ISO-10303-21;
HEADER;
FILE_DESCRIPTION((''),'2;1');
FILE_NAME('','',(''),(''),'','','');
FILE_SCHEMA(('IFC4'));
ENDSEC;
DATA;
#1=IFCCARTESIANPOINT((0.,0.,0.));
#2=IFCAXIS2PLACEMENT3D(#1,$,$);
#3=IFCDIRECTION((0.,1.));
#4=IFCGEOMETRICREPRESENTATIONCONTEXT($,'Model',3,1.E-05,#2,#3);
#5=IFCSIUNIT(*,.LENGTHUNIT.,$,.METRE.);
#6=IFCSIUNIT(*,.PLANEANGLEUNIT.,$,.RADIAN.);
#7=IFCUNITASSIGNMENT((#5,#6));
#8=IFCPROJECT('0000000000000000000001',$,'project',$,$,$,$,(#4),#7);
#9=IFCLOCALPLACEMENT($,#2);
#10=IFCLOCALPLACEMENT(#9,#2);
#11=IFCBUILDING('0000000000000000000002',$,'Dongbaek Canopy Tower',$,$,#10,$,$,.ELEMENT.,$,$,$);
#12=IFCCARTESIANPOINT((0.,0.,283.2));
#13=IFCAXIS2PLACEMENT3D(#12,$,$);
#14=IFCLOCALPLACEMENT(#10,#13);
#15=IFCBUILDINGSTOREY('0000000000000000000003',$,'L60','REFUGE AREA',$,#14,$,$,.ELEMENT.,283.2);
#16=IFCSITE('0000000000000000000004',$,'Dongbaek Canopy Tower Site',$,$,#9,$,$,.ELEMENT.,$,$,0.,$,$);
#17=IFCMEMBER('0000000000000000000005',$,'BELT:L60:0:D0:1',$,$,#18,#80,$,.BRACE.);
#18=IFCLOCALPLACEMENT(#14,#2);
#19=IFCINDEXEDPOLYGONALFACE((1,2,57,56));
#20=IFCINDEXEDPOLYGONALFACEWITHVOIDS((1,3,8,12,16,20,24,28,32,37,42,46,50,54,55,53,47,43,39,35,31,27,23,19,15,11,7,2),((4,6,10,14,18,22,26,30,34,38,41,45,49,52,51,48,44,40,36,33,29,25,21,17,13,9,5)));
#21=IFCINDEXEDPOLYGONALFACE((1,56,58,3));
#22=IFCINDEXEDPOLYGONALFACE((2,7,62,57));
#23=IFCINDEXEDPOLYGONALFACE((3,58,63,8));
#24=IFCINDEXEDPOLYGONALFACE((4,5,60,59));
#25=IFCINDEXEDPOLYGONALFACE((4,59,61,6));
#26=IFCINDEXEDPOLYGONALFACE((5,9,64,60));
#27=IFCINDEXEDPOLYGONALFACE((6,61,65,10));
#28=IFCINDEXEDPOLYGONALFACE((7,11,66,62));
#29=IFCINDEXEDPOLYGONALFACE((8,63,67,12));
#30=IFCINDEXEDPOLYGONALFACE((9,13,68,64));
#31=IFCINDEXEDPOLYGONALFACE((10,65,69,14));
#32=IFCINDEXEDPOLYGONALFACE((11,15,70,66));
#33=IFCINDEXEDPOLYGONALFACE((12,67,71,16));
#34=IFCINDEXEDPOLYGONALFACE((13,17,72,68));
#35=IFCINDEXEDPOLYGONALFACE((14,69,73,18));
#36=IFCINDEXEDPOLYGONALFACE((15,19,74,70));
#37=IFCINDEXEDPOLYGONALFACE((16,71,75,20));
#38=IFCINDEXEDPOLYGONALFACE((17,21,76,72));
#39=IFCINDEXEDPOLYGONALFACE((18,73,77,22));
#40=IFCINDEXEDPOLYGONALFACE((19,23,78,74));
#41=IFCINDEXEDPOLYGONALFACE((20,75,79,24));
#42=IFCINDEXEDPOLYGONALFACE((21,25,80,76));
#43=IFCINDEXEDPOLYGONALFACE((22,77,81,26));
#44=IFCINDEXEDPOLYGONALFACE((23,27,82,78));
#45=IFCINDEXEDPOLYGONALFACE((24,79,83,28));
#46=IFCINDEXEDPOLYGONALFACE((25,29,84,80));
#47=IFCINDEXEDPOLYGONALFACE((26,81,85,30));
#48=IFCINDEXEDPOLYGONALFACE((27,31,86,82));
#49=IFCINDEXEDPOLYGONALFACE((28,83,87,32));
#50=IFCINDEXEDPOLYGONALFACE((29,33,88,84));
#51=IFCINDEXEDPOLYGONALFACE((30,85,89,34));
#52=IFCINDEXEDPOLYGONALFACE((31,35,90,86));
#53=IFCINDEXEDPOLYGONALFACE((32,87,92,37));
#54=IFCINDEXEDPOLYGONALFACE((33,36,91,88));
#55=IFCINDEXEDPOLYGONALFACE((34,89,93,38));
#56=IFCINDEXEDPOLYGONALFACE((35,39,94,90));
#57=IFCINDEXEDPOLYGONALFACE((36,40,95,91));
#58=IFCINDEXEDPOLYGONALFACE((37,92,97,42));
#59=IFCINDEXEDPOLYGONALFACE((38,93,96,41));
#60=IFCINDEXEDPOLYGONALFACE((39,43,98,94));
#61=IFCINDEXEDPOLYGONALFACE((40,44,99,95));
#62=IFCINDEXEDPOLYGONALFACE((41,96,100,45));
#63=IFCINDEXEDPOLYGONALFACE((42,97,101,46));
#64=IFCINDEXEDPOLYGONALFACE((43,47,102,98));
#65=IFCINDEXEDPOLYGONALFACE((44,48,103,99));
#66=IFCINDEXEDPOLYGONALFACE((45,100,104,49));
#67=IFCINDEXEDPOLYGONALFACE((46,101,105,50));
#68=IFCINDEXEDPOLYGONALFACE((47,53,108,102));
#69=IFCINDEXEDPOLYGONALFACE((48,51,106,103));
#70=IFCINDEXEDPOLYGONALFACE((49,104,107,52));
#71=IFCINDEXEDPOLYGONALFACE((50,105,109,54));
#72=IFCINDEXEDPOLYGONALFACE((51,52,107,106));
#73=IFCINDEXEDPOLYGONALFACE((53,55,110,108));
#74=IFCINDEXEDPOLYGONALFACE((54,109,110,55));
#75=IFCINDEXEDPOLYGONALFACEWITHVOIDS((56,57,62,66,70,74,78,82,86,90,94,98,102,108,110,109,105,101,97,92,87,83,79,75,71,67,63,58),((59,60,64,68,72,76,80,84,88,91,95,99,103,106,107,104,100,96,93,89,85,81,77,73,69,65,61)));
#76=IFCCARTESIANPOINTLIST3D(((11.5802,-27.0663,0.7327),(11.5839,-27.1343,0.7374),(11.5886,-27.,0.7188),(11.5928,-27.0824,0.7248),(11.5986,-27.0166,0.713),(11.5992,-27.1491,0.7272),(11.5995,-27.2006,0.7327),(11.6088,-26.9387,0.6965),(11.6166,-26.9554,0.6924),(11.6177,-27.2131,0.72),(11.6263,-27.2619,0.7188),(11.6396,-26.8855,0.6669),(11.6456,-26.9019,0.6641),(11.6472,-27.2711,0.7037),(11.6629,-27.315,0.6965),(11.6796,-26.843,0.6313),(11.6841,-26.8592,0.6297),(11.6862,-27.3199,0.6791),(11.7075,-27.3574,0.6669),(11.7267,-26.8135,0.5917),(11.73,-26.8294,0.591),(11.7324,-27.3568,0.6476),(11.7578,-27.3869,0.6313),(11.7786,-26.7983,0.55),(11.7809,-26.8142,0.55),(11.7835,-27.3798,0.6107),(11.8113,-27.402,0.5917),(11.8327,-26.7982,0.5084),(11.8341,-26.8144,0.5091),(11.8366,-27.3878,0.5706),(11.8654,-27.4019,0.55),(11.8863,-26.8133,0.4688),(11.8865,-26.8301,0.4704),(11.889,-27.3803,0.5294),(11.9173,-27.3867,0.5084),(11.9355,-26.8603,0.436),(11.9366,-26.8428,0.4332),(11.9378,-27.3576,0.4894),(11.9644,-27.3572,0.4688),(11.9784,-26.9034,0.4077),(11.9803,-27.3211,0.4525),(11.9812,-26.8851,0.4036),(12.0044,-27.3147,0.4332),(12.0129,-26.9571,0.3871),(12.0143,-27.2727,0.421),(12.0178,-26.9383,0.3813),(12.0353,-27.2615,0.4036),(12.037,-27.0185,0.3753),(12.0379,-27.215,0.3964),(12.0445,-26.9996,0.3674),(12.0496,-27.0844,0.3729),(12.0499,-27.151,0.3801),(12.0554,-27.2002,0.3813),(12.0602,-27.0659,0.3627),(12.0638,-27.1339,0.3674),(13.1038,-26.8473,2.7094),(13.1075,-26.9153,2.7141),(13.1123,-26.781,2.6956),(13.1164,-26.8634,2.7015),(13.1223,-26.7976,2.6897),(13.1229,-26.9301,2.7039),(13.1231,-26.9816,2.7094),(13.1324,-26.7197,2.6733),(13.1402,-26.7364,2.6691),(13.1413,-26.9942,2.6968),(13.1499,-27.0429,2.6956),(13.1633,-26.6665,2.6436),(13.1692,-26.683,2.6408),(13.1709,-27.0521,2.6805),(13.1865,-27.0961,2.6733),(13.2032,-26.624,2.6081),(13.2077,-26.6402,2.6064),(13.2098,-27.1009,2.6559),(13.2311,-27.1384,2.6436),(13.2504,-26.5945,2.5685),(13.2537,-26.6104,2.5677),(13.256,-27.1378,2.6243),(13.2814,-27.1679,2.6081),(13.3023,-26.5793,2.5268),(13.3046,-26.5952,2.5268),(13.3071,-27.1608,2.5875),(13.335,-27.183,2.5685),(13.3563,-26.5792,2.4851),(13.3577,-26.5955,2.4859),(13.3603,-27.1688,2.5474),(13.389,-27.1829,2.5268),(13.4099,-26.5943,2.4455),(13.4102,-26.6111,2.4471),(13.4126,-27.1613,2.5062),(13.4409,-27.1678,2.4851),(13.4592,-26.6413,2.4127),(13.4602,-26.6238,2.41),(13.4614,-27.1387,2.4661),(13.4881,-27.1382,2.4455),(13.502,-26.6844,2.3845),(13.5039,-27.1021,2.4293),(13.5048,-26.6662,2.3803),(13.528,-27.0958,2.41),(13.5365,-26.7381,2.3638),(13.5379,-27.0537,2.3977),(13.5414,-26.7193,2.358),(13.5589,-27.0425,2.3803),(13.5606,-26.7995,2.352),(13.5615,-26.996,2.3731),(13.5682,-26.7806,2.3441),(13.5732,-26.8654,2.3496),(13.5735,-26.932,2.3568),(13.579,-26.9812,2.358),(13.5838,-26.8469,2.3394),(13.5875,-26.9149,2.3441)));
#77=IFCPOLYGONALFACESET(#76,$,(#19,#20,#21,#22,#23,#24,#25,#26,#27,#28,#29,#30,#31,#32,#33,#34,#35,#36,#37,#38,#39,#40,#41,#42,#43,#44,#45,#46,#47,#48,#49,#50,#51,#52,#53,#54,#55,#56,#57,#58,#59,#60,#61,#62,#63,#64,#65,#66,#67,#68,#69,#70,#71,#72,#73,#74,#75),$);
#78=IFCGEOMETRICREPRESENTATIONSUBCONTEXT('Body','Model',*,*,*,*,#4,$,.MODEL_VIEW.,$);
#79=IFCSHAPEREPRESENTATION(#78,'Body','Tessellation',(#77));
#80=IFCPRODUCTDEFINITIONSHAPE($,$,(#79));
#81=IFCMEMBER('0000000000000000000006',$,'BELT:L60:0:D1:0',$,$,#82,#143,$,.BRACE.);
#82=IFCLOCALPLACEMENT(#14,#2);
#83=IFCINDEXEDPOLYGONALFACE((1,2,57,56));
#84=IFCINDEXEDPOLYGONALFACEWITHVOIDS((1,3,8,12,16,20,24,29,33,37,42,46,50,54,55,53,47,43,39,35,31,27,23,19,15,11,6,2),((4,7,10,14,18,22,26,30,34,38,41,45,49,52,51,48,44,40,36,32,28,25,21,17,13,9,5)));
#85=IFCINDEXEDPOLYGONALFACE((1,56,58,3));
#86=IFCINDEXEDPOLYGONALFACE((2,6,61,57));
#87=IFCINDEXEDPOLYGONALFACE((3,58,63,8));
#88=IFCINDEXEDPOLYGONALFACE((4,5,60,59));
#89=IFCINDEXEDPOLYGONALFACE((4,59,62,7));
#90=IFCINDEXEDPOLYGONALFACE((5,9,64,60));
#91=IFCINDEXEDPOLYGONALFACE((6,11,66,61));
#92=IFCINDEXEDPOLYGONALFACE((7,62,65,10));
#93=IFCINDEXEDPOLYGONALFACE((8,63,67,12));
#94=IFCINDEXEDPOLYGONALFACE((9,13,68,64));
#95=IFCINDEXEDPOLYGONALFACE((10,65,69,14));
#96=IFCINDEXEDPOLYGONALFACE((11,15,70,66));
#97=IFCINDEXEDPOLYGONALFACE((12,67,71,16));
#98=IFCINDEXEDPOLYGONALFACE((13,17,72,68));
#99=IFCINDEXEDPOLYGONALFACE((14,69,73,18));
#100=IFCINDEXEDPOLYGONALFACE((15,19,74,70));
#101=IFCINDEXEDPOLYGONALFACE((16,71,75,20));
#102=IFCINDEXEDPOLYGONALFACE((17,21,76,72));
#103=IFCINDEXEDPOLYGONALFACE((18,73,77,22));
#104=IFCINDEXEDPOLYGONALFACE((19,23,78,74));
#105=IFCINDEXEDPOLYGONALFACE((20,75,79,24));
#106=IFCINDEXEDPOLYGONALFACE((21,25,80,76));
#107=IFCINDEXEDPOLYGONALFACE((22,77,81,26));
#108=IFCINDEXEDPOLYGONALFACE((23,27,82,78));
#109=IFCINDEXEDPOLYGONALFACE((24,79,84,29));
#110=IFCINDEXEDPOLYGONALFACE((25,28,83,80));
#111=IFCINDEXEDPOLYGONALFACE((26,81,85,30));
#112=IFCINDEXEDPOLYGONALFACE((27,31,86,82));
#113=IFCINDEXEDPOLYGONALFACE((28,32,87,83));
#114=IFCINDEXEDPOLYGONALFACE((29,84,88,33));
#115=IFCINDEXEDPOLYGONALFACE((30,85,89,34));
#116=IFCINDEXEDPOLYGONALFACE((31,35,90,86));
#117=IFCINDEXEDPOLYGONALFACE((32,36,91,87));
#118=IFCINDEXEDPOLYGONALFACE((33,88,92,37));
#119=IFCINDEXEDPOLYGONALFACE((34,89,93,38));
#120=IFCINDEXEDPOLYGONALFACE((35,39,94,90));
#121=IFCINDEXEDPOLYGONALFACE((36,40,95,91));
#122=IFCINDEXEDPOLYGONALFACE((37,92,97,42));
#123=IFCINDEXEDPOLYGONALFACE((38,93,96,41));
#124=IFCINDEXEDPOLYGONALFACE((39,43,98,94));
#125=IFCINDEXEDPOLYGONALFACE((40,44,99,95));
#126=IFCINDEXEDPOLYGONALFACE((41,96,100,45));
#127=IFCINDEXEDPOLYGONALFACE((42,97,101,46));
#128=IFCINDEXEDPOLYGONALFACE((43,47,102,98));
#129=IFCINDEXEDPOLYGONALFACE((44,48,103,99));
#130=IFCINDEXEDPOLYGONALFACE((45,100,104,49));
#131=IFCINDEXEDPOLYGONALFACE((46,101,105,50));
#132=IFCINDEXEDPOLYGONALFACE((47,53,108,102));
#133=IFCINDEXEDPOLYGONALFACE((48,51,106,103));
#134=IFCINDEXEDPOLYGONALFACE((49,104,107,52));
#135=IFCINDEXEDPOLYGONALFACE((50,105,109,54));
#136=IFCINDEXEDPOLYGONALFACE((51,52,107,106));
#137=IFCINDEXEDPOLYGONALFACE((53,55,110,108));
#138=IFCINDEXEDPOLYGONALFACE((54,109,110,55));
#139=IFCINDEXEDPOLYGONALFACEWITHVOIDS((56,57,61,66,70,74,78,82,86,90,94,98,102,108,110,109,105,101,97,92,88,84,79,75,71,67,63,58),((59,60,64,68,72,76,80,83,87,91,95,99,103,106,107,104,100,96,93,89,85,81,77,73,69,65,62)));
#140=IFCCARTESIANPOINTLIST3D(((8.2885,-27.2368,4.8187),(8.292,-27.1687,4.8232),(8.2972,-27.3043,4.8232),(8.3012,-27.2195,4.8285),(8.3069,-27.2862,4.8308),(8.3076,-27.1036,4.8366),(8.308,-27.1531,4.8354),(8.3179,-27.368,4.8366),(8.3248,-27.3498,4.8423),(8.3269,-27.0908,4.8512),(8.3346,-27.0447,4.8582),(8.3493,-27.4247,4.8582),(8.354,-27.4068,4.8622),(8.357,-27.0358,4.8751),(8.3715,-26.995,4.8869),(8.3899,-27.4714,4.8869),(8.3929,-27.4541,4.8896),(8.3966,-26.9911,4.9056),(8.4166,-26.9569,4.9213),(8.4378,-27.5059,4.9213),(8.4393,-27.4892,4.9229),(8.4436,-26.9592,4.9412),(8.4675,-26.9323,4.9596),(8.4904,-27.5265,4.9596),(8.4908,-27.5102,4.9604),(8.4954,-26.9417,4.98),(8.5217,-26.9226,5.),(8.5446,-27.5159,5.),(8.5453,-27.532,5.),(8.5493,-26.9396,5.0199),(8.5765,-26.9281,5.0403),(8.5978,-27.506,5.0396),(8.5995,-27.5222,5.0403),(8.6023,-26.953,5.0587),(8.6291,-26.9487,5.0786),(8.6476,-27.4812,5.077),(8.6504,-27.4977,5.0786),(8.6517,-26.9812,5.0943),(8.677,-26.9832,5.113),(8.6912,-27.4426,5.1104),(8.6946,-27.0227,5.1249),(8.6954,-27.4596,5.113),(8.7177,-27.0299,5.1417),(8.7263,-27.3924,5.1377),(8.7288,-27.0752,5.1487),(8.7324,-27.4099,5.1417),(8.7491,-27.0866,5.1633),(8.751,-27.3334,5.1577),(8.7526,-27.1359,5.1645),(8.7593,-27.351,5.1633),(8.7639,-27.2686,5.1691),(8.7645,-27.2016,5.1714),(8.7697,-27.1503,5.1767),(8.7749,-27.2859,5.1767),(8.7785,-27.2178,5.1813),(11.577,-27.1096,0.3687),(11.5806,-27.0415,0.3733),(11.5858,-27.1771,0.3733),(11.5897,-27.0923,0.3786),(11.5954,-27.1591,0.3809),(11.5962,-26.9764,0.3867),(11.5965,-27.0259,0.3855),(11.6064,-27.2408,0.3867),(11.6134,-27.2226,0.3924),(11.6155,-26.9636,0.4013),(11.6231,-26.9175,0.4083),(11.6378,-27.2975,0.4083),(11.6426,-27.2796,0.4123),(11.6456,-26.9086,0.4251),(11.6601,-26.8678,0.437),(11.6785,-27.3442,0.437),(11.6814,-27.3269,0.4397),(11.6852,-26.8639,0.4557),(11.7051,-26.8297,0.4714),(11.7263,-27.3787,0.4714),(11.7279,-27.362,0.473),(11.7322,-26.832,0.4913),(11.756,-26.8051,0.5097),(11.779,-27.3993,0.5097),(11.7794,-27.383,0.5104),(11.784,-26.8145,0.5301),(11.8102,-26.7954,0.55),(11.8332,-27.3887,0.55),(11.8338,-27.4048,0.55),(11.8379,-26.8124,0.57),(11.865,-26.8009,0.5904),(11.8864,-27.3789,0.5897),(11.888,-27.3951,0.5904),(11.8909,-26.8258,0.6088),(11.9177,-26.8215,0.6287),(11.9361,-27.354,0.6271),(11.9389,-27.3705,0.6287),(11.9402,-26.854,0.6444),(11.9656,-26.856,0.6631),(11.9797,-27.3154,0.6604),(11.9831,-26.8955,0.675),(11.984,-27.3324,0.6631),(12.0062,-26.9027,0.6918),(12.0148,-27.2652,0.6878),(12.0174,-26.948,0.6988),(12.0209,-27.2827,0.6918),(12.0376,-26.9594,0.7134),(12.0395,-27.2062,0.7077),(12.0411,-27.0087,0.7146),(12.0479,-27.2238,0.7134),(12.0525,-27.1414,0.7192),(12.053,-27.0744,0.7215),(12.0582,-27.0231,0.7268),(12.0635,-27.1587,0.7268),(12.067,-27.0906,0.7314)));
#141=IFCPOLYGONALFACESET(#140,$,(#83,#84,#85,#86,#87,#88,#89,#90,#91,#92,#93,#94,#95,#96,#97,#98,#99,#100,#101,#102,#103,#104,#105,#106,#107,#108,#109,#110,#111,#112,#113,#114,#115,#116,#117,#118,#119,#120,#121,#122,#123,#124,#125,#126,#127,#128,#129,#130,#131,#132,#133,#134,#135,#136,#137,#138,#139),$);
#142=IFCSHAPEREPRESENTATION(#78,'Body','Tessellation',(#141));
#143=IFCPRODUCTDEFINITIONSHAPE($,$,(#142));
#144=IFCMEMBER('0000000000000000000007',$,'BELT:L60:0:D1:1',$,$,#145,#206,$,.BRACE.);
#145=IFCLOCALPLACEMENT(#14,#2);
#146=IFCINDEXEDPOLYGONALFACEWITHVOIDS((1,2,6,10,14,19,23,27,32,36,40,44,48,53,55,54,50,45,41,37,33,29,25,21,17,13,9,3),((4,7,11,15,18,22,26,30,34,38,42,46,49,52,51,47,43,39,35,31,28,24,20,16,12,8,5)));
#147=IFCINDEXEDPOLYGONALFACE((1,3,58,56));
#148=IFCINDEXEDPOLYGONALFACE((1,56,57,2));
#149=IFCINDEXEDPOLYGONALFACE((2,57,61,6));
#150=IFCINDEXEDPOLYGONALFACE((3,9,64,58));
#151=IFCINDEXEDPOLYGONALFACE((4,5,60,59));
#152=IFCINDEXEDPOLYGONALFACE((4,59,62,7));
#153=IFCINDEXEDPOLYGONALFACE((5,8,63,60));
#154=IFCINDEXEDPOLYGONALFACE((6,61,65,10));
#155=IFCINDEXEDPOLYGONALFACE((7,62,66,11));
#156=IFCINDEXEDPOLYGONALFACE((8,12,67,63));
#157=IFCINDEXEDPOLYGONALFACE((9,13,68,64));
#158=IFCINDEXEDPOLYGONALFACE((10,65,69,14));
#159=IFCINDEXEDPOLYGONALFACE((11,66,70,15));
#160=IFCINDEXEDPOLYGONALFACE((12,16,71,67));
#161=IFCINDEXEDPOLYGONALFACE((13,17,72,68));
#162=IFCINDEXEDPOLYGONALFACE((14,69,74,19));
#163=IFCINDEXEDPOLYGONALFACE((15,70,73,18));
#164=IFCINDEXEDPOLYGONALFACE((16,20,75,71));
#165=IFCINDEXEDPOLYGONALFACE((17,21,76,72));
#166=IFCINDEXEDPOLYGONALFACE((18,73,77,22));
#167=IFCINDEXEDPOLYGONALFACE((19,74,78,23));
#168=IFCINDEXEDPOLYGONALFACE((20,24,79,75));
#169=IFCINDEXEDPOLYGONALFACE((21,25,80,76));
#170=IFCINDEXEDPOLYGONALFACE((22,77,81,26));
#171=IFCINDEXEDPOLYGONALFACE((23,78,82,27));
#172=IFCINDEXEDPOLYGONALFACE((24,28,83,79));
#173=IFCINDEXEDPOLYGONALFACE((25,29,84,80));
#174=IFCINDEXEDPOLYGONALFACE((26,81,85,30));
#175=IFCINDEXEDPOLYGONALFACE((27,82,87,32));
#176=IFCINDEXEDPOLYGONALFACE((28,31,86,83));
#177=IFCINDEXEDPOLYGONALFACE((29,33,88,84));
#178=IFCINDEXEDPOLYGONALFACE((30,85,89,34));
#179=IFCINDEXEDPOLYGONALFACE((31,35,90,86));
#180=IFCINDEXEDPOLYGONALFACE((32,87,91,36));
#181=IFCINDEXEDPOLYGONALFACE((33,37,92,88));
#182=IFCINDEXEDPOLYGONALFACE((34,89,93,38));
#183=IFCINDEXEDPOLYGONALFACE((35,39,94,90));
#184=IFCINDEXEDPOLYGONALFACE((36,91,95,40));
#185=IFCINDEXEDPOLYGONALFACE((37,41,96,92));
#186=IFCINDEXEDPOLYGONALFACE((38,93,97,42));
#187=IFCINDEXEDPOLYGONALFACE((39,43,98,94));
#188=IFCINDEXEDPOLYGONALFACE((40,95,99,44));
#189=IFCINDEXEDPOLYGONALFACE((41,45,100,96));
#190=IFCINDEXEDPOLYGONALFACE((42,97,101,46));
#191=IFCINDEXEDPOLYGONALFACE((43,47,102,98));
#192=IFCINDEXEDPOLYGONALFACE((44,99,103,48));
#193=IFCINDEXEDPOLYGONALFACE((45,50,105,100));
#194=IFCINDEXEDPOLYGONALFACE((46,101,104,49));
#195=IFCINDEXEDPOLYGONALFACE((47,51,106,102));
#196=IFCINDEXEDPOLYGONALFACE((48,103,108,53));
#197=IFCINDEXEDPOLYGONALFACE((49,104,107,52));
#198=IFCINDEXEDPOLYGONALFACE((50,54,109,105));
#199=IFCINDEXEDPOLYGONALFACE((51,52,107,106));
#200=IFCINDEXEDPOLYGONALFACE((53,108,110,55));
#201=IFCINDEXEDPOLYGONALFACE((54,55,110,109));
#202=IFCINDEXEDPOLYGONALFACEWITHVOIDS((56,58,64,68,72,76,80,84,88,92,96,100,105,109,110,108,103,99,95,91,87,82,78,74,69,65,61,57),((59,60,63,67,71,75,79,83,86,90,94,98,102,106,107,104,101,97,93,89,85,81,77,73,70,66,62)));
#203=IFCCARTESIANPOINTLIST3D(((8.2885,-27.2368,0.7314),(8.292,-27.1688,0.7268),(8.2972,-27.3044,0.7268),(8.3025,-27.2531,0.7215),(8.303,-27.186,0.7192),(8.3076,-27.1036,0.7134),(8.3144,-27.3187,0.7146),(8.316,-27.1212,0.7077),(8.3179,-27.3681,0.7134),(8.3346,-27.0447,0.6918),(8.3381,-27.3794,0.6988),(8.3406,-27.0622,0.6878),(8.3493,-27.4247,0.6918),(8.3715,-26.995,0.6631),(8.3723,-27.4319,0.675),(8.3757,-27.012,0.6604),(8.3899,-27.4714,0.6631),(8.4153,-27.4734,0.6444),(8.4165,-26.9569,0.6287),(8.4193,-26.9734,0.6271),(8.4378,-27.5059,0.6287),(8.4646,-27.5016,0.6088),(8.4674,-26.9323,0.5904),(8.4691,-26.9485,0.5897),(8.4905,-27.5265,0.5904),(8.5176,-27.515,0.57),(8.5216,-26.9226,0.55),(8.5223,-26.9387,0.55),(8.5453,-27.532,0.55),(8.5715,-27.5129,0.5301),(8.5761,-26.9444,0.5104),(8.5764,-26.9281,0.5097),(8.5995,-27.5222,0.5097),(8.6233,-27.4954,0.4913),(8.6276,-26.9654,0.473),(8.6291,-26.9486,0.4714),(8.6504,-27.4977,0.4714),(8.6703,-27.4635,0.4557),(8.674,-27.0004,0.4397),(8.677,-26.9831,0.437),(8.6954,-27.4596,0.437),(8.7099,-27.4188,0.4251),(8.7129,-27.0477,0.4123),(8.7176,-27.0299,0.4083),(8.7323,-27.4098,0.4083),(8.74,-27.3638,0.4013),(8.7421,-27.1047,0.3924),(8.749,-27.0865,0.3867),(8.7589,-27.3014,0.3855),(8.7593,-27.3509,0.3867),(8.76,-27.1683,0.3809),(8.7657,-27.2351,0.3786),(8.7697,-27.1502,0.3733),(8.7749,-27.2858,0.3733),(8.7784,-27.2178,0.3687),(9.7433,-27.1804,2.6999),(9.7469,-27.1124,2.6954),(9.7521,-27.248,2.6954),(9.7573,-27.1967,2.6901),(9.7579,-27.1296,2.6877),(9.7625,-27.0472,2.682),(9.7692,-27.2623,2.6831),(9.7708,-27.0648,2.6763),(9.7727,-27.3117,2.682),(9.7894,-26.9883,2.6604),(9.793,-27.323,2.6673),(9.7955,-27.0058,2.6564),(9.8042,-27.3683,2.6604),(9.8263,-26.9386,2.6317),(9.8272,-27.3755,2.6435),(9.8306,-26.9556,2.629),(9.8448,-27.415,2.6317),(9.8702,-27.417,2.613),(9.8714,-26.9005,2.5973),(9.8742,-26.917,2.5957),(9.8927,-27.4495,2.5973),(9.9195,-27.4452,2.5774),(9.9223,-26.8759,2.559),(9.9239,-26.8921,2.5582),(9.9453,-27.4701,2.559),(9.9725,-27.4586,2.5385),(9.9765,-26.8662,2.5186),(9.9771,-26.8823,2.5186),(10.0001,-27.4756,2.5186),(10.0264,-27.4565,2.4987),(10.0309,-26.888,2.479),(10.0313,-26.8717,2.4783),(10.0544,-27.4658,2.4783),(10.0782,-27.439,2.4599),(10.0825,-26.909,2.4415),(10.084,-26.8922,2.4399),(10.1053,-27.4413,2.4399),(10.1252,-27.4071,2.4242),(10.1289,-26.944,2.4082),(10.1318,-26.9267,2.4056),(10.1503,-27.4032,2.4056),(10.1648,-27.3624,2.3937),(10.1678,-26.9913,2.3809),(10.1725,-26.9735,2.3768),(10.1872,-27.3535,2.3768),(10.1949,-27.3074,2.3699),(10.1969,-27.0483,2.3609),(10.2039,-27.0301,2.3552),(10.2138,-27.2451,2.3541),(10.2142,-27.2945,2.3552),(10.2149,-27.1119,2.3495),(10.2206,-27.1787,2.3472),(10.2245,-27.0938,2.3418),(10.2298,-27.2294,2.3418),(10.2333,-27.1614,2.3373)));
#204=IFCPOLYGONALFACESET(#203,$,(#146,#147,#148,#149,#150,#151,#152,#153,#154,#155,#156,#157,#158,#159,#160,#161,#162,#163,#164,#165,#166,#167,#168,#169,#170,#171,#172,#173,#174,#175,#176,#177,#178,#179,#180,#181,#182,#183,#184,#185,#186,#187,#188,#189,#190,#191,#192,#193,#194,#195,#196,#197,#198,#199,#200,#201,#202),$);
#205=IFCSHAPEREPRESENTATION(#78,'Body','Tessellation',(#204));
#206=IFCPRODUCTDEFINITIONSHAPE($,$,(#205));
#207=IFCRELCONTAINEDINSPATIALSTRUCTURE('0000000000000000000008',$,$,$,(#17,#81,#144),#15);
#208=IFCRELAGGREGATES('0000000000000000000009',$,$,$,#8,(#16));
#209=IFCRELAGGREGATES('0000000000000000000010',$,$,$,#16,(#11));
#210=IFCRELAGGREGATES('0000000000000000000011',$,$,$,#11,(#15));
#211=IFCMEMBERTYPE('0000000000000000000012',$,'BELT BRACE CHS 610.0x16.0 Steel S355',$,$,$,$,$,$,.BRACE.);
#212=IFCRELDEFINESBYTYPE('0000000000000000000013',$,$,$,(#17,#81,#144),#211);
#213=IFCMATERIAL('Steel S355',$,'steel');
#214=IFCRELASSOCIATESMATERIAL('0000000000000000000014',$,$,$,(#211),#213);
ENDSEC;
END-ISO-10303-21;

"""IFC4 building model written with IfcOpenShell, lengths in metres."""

from ifc_helpers import new_model, si_unit, direction, frame, origin, origin_2d, place, context, subcontext, project, spatial, hollow_circle, extrude, material, material_profile, profile_set, type_object, element, save


model = new_model("IFC4")

# Units and contexts
model_context = context("Model", 3, precision=1e-05, world=origin(), true_north=direction((0.0, 1.0)))
body_context = subcontext(model_context, "Body", "Model", "MODEL_VIEW")
ifc_project = project(units=[si_unit("LENGTHUNIT", "METRE"), si_unit("PLANEANGLEUNIT", "RADIAN")], contexts=[model_context])

# Site, building, storey
site_placement = place(None, origin())
site = spatial("IfcSite", under=ifc_project, at=site_placement, Name="Dongbaek Canopy Tower Site", CompositionType="ELEMENT", RefElevation=0.0)
building_placement = place(site_placement, origin())
building = spatial("IfcBuilding", under=site, at=building_placement, Name="Dongbaek Canopy Tower", CompositionType="ELEMENT")
storey_placement = place(building_placement, frame((0.0, 0.0, 283.2)))
storey = spatial("IfcBuildingStorey", under=building, at=storey_placement, Name="L60", Description="REFUGE AREA", CompositionType="ELEMENT", Elevation=283.2)

# Members
ifc_material_1 = material(Name="Steel S355", Category="steel")
ifc_material_profile_1 = material_profile(ifc_material_1, hollow_circle(Radius=0.3049, WallThickness=0.0161, at=origin_2d()), Name="BELT BRACE CHS 610.0x16.0 Steel S355")
ifc_profile_set_1 = profile_set([ifc_material_profile_1], Name="Steel S355")
member_type_1 = type_object("IfcMemberType", Name="BELT BRACE CHS 610.0x16.0 Steel S355", PredefinedType="BRACE", material=ifc_profile_set_1)
member_1_placement = place(storey_placement, frame((11.822, -27.1001, 0.55), z_axis=(0.608145, 0.087407, 0.789), x_axis=(-0.142265, 0.989829, 0.0)))
element("IfcMember", 1, at=member_1_placement, inside=storey, type_object=member_type_1, Name="BELT:L60:0:D0:1", PredefinedType="BRACE", context=body_context, shape_type="SweptSolid", body=[
    extrude(hollow_circle(Radius=0.3049, WallThickness=0.0161, at=origin_2d()), origin(), (0.0, 0.0, 1.0), 2.5054),
])
member_2_placement = place(storey_placement, frame((11.822, -27.1001, 0.55), z_axis=(-0.594173, -0.022982, 0.804009), x_axis=(0.03865, -0.999253, 0.0)))
element("IfcMember", 2, at=member_2_placement, inside=storey, type_object=member_type_1, Name="BELT:L60:0:D1:0", PredefinedType="BRACE", context=body_context, shape_type="SweptSolid", body=[
    extrude(hollow_circle(Radius=0.3049, WallThickness=0.0161, at=origin_2d()), origin(), (0.0, 0.0, 1.0), 5.5347),
])
for number, where, z_axis, x_axis, name in (
    (3, (8.5334, -27.2273, 0.55), (0.594194, 0.023034, 0.803992), (-0.038736, 0.999249, 0.0), "BELT:L60:0:D1:1"),
):
    element("IfcMember", number, at=place(storey_placement, frame(where, z_axis=z_axis, x_axis=x_axis)), inside=storey, type_object=member_type_1, Name=name, PredefinedType="BRACE", context=body_context, shape_type="SweptSolid", body=[
        extrude(hollow_circle(Radius=0.3049, WallThickness=0.0161, at=origin_2d()), origin(), (0.0, 0.0, 1.0), 2.4485),
    ])

save(model, "model.ifc")
